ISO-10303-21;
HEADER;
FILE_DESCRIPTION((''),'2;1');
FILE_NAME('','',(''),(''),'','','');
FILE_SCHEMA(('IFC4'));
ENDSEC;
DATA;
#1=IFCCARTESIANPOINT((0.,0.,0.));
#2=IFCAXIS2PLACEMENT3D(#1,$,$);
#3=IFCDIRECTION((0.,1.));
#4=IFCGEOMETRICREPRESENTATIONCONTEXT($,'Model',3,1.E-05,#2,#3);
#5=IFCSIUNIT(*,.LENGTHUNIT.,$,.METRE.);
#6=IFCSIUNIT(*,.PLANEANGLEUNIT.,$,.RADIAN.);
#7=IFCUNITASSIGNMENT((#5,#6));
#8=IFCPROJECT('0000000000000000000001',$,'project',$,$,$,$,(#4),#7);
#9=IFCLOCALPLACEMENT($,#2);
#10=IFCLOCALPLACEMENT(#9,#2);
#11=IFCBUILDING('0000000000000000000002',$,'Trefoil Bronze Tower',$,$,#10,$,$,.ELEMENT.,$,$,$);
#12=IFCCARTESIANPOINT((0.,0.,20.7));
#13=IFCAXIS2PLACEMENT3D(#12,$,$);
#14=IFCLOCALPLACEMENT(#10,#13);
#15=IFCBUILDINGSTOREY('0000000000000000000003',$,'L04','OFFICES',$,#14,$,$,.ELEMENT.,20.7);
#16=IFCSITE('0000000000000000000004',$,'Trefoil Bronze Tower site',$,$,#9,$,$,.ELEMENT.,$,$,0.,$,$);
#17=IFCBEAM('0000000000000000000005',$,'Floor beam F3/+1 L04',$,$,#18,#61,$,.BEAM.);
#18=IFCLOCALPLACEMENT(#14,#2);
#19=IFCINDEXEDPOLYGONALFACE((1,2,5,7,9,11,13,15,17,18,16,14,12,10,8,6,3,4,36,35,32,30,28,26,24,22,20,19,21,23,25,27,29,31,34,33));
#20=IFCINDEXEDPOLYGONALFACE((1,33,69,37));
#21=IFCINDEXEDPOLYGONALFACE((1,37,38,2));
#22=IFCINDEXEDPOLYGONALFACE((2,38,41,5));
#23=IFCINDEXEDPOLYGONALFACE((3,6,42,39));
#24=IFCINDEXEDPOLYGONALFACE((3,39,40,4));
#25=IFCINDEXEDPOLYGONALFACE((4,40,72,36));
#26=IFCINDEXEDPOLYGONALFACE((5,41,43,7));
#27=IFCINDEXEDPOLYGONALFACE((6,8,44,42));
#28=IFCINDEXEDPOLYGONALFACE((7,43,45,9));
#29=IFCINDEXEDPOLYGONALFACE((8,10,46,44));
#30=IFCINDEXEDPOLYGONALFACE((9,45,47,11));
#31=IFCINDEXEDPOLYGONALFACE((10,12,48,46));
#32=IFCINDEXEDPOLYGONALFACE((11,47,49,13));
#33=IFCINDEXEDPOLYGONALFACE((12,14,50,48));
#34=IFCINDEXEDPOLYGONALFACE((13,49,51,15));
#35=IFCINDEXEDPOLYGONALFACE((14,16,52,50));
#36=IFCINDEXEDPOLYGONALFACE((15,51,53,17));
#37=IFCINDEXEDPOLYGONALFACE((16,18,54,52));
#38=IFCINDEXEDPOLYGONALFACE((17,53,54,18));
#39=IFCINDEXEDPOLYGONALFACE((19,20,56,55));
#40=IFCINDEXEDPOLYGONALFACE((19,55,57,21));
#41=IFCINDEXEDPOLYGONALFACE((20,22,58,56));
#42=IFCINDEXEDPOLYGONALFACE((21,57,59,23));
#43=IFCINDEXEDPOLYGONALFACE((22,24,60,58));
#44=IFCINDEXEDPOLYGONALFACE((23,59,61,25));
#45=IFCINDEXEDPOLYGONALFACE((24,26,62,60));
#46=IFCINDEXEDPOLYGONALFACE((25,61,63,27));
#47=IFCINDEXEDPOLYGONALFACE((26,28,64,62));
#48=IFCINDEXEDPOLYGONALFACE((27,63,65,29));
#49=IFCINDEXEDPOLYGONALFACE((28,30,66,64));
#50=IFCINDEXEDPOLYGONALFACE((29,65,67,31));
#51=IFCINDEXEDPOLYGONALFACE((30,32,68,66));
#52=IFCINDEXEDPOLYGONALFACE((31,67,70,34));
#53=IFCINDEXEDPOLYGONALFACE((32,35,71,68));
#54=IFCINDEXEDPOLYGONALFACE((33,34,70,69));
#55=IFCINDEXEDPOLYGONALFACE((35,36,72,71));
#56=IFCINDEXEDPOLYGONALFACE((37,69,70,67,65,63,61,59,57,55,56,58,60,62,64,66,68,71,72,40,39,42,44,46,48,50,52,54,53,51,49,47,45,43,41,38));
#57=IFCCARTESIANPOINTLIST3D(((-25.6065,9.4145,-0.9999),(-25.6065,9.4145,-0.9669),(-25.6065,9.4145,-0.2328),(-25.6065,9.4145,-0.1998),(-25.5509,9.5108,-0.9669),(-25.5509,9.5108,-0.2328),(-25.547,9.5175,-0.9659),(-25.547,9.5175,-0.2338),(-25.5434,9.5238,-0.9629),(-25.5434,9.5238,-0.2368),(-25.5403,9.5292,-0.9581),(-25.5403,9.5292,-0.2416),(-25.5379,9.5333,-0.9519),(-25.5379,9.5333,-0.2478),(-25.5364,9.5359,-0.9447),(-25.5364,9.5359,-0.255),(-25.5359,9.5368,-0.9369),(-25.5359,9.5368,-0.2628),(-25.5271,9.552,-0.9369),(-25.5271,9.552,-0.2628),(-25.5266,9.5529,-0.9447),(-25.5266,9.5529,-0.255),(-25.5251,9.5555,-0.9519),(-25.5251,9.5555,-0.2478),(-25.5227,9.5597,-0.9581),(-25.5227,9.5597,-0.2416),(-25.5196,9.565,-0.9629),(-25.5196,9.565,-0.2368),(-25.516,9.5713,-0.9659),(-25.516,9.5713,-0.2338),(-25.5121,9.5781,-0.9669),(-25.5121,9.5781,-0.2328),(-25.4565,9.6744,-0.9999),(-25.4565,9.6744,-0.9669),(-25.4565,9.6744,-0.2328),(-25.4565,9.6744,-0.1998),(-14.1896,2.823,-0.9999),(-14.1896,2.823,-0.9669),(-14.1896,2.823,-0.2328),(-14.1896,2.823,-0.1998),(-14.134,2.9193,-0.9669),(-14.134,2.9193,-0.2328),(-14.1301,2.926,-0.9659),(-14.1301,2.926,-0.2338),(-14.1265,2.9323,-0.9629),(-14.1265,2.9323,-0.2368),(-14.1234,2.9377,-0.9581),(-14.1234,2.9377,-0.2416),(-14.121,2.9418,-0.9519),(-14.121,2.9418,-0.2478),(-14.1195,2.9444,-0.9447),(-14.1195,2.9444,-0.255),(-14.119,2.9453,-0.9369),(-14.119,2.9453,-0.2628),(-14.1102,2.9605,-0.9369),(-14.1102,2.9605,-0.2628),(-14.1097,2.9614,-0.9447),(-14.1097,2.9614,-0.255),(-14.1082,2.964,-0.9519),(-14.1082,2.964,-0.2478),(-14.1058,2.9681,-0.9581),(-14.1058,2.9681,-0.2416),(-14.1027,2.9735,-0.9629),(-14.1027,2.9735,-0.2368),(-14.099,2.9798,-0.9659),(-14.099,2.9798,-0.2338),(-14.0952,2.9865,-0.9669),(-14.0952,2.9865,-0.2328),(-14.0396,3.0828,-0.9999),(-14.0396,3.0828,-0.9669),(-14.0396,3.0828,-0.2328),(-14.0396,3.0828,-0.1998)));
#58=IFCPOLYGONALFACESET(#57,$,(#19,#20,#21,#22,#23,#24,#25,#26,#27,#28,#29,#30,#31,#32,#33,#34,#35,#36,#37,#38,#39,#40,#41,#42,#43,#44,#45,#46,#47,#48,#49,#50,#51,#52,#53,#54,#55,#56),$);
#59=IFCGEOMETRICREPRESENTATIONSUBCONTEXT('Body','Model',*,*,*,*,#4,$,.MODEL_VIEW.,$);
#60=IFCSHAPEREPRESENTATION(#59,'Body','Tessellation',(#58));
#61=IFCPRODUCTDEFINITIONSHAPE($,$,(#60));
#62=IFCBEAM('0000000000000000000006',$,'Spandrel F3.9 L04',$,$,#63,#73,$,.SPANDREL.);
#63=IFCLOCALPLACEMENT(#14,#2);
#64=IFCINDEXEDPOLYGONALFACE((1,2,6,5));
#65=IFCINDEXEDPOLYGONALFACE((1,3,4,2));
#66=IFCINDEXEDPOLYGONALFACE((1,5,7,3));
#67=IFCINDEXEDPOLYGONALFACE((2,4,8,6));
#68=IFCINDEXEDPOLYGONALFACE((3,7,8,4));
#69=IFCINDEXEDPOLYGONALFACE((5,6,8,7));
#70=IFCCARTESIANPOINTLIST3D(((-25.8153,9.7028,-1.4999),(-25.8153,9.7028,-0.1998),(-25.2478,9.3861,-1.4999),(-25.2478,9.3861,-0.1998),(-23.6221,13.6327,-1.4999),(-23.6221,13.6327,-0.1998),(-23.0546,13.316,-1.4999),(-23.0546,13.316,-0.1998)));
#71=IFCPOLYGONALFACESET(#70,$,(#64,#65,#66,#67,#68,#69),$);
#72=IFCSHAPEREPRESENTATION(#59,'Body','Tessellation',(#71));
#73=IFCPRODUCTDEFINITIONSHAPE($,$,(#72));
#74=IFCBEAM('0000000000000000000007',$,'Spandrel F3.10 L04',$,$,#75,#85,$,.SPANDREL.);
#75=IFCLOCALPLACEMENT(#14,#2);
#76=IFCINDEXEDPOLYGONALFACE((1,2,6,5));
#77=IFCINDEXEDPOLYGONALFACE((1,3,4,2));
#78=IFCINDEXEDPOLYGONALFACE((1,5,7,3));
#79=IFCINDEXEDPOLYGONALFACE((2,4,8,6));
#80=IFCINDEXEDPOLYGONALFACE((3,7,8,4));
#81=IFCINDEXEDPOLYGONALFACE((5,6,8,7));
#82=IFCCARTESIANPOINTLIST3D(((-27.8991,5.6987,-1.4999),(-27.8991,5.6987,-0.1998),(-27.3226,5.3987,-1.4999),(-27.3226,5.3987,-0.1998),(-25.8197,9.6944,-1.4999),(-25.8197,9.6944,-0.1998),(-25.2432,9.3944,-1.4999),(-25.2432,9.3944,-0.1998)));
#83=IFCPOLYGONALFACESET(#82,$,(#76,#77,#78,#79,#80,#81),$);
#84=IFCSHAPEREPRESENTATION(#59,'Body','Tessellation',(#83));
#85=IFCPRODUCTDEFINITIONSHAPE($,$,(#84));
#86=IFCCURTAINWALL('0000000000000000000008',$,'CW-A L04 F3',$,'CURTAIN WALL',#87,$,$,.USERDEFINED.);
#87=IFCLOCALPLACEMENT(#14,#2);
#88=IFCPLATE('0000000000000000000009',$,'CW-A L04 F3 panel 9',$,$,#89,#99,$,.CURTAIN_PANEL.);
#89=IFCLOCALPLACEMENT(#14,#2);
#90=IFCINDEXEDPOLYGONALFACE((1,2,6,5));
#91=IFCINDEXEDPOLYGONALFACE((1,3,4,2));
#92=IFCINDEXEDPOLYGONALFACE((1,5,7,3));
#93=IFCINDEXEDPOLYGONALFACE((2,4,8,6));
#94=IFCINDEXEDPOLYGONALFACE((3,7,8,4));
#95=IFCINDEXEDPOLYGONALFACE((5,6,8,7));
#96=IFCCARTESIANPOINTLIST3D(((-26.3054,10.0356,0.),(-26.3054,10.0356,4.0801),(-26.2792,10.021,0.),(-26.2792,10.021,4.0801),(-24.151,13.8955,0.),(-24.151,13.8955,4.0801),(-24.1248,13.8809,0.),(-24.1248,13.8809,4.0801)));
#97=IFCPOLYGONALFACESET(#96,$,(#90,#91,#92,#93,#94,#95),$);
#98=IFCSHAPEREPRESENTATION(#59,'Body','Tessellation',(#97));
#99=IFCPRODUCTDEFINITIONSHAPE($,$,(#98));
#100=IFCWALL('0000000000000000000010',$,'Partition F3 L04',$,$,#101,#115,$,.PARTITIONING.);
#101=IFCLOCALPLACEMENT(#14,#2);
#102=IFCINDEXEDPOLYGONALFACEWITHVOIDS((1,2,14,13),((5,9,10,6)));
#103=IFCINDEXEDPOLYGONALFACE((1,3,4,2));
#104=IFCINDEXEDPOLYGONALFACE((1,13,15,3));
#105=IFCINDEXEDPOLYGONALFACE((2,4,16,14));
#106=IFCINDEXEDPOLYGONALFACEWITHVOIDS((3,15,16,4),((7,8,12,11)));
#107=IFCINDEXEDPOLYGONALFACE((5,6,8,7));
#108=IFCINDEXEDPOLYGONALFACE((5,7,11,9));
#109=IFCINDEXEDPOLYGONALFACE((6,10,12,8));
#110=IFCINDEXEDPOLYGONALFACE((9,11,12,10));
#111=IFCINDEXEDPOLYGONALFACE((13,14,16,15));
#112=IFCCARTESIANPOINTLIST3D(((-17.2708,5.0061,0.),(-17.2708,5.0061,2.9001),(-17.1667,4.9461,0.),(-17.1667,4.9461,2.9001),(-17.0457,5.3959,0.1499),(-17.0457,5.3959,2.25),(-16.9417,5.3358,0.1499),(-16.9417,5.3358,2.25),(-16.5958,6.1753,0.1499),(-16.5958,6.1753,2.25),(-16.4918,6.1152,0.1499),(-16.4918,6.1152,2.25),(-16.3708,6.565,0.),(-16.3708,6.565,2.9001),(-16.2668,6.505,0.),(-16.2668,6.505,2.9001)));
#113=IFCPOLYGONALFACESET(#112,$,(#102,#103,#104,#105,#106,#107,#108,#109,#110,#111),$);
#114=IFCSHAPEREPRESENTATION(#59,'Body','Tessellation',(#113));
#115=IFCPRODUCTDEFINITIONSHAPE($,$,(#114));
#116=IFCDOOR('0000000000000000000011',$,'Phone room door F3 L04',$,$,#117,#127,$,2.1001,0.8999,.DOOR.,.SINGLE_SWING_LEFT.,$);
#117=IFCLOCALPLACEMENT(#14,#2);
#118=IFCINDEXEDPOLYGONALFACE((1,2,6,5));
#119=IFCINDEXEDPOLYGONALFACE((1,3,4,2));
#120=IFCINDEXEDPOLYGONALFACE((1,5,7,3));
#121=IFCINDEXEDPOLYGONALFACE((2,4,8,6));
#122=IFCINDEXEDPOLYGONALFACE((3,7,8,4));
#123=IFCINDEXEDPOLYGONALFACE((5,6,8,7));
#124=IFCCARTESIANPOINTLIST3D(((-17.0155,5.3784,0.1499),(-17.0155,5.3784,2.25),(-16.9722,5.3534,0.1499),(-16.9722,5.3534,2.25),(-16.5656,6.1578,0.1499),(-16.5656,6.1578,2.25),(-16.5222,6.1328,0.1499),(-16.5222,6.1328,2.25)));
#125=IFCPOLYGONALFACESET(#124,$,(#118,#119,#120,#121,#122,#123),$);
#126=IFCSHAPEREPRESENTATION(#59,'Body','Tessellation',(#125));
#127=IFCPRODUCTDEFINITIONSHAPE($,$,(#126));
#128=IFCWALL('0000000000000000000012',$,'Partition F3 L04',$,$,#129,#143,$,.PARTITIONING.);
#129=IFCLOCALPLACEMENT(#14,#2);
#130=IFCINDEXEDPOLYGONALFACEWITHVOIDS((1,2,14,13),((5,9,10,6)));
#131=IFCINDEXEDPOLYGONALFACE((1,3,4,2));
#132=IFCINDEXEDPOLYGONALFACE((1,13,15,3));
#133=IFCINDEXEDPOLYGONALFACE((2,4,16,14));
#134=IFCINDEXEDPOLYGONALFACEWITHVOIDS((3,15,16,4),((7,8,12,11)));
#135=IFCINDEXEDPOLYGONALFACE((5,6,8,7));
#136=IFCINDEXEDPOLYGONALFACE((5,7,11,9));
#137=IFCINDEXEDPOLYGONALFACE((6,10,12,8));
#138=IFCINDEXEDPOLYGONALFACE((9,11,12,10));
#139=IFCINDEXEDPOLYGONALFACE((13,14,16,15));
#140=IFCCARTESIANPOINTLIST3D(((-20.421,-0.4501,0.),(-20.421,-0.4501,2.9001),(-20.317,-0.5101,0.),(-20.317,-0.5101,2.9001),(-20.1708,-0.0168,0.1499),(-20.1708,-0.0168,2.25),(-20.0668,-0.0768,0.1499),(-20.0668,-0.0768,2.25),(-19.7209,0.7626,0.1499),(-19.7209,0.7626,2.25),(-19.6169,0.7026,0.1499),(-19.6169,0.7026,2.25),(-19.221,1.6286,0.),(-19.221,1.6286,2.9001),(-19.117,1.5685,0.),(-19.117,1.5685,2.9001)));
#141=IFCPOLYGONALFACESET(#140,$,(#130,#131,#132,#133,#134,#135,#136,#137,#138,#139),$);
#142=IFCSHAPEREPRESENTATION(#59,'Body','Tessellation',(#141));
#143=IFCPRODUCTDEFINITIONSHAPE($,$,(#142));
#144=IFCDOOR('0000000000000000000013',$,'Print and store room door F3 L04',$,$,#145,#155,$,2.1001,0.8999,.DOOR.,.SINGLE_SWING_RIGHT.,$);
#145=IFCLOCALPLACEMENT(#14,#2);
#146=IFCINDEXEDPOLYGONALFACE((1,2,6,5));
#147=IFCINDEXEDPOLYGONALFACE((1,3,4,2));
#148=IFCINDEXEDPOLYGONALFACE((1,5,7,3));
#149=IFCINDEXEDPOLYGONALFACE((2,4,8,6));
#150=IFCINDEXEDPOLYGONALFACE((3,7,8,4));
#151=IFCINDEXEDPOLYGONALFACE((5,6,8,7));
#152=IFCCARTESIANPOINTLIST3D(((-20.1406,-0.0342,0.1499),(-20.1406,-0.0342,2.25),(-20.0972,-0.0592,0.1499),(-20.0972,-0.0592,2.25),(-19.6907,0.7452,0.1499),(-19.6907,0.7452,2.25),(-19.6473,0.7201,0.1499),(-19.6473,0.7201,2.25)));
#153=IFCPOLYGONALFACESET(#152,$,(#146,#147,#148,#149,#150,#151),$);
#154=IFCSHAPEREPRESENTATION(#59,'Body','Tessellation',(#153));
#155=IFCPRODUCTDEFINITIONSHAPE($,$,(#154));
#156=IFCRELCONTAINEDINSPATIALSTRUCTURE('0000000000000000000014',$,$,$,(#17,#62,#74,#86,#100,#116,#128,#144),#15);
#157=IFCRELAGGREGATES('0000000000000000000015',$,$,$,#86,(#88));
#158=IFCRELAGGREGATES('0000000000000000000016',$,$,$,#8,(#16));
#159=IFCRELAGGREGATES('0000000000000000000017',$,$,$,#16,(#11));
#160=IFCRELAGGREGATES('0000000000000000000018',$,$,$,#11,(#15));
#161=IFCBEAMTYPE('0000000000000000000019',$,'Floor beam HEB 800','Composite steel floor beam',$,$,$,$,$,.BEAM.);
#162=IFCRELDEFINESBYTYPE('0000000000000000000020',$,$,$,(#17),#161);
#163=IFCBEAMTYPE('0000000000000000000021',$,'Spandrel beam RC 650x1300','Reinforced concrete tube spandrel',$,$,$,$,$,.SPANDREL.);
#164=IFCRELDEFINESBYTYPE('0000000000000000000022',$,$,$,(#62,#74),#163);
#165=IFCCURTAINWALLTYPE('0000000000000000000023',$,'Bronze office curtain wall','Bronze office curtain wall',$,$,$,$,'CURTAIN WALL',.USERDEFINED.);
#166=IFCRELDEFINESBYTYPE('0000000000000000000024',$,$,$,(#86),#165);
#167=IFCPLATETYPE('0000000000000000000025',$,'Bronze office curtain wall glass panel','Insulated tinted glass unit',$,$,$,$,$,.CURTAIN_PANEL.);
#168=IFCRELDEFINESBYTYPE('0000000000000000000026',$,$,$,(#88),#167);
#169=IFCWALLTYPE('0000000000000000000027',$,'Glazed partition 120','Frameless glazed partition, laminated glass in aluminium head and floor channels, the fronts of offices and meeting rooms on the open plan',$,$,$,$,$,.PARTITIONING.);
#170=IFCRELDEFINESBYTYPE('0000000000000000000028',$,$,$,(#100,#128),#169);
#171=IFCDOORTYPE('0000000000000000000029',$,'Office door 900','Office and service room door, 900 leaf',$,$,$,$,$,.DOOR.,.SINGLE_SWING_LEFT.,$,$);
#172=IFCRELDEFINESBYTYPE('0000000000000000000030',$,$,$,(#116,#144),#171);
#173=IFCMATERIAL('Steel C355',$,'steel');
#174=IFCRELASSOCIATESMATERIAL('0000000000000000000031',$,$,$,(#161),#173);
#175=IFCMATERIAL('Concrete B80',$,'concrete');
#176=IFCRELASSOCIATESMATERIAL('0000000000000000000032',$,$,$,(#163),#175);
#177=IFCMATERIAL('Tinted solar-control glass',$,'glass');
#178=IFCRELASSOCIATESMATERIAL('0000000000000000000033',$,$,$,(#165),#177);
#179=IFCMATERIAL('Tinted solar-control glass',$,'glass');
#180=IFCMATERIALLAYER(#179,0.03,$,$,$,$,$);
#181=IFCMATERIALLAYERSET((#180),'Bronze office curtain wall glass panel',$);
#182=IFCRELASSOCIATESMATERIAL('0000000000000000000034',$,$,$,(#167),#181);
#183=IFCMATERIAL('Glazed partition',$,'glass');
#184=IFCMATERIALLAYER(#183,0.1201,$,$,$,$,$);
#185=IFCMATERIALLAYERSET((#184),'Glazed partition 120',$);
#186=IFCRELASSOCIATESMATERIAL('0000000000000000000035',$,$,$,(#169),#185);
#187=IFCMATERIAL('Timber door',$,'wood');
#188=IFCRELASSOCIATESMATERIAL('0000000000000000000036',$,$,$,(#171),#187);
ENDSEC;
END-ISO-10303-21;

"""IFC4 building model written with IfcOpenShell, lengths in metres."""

from ifc_helpers import new_model, si_unit, direction, frame, frame_2d, origin, origin_2d, place, context, subcontext, project, spatial, rectangle, i_section, extrude, material, layer, layer_set, material_profile, profile_set, type_object, element, fill, aggregate, save


model = new_model("IFC4")

# Units and contexts
model_context = context("Model", 3, precision=1e-05, world=origin(), true_north=direction((0.0, 1.0)))
body_context = subcontext(model_context, "Body", "Model", "MODEL_VIEW")
ifc_project = project(units=[si_unit("LENGTHUNIT", "METRE"), si_unit("PLANEANGLEUNIT", "RADIAN")], contexts=[model_context])

# Site, building, storey
site_placement = place(None, origin())
site = spatial("IfcSite", under=ifc_project, at=site_placement, Name="Trefoil Bronze Tower site", CompositionType="ELEMENT", RefElevation=0.0)
building_placement = place(site_placement, origin())
building = spatial("IfcBuilding", under=site, at=building_placement, Name="Trefoil Bronze Tower", CompositionType="ELEMENT")
storey_placement = place(building_placement, frame((0.0, 0.0, 20.7)))
storey = spatial("IfcBuildingStorey", under=building, at=storey_placement, Name="L04", Description="OFFICES", CompositionType="ELEMENT", Elevation=20.7)

# Beams
ifc_material_1 = material(Name="Steel C355", Category="steel")
ifc_material_profile_1 = material_profile(ifc_material_1, i_section(OverallWidth=0.3, OverallDepth=0.8, WebThickness=0.0176, FlangeThickness=0.033, FilletRadius=0.03, at=origin_2d()), Name="HEB 800")
ifc_profile_set_1 = profile_set([ifc_material_profile_1], Name="Steel C355")
beam_type_1 = type_object("IfcBeamType", Name="Floor beam HEB 800", Description="Composite steel floor beam", PredefinedType="BEAM", material=ifc_profile_set_1)
beam_1_placement = place(storey_placement, frame((-25.5315, 9.5444, -0.5999), z_axis=(0.866027, -0.499997, 0.0), x_axis=(0.499997, 0.866027, 0.0)))
element("IfcBeam", 1, at=beam_1_placement, inside=storey, type_object=beam_type_1, Name="Floor beam F3/+1 L04", PredefinedType="BEAM", context=body_context, shape_type="SweptSolid", body=[
    extrude(i_section(OverallWidth=0.3, OverallDepth=0.8, WebThickness=0.0176, FlangeThickness=0.033, FilletRadius=0.03, at=origin_2d()), origin(), (0.0, 0.0, 1.0), 13.1831),
])
ifc_material_2 = material(Name="Concrete B80", Category="concrete")
ifc_material_profile_2 = material_profile(ifc_material_2, rectangle(XDim=0.6499, YDim=1.3, at=origin_2d()), Name="RC 650x1300")
ifc_profile_set_2 = profile_set([ifc_material_profile_2], Name="Concrete B80")
beam_type_2 = type_object("IfcBeamType", Name="Spandrel beam RC 650x1300", Description="Reinforced concrete tube spandrel", PredefinedType="SPANDREL", material=ifc_profile_set_2)
beam_2_placement = place(storey_placement, frame((-23.3384, 13.4744, -0.8499), z_axis=(-0.487309, -0.873229, 0.0), x_axis=(0.873229, -0.487309, 0.0)))
element("IfcBeam", 2, at=beam_2_placement, inside=storey, type_object=beam_type_2, Name="Spandrel F3.9 L04", PredefinedType="SPANDREL", context=body_context, shape_type="SweptSolid", body=[
    extrude(rectangle(XDim=0.6499, YDim=1.3, at=origin_2d()), origin(), (0.0, 0.0, 1.0), 4.5005),
])
beam_3_placement = place(storey_placement, frame((-25.5315, 9.5444, -0.8499), z_axis=(-0.461638, -0.887069, 0.0), x_axis=(0.887069, -0.461638, 0.0)))
element("IfcBeam", 3, at=beam_3_placement, inside=storey, type_object=beam_type_2, Name="Spandrel F3.10 L04", PredefinedType="SPANDREL", context=body_context, shape_type="SweptSolid", body=[
    extrude(rectangle(XDim=0.6499, YDim=1.3, at=origin_2d()), origin(), (0.0, 0.0, 1.0), 4.5044),
])

# Curtain wall, plate
ifc_material_3 = material(Name="Tinted solar-control glass", Category="glass")
curtain_wall_type = type_object("IfcCurtainWallType", Name="Bronze office curtain wall", Description="Bronze office curtain wall", ElementType="CURTAIN WALL", PredefinedType="USERDEFINED", material=ifc_material_3)
curtain_wall_placement = place(storey_placement, origin())
curtain_wall = element("IfcCurtainWall", 4, at=curtain_wall_placement, inside=storey, type_object=curtain_wall_type, Name="CW-A L04 F3", ObjectType="CURTAIN WALL", PredefinedType="USERDEFINED")
ifc_material_4 = material(Name="Tinted solar-control glass", Category="glass")
ifc_layer_1 = layer(ifc_material_4, 0.03)
ifc_layer_set_1 = layer_set([ifc_layer_1], Name="Bronze office curtain wall glass panel")
plate_type = type_object("IfcPlateType", Name="Bronze office curtain wall glass panel", Description="Insulated tinted glass unit", PredefinedType="CURTAIN_PANEL", material=ifc_layer_set_1)
plate_placement = place(storey_placement, frame((-25.2151, 11.9583, 0.0), z_axis=(0.0, 0.0, 1.0), x_axis=(-0.487382, -0.873189, 0.0)))
plate = element("IfcPlate", 5, at=plate_placement, type_object=plate_type, Name="CW-A L04 F3 panel 9", PredefinedType="CURTAIN_PANEL", context=body_context, shape_type="SweptSolid", body=[
    extrude(rectangle(XDim=4.4204, YDim=0.03, at=origin_2d()), origin(), (0.0, 0.0, 1.0), 4.0801),
])
aggregate(curtain_wall, [plate])

# Walls, openings, doors
ifc_material_5 = material(Name="Glazed partition", Category="glass")
ifc_layer_2 = layer(ifc_material_5, 0.1201)
ifc_layer_set_2 = layer_set([ifc_layer_2], Name="Glazed partition 120")
wall_type_1 = type_object("IfcWallType", Name="Glazed partition 120", Description="Frameless glazed partition, laminated glass in aluminium head and floor channels, the fronts of offices and meeting rooms on the open plan", PredefinedType="PARTITIONING", material=ifc_layer_set_2)
wall_1_placement = place(storey_placement, frame((-16.3188, 6.5349, 0.0), z_axis=(0.0, 0.0, 1.0), x_axis=(-0.499961, -0.866048, 0.0)))
wall_1 = element("IfcWall", 6, at=wall_1_placement, inside=storey, type_object=wall_type_1, Name="Partition F3 L04", PredefinedType="PARTITIONING", context=body_context, shape_type="SweptSolid", body=[
    extrude(rectangle(XDim=1.8, YDim=0.1201, at=frame_2d((0.8999, 0.0))), origin(), (0.0, 0.0, 1.0), 2.9001),
])
opening_1_placement = place(wall_1_placement, frame((0.45, 0.0, 0.1499)))
opening_1 = element("IfcOpeningElement", 7, at=opening_1_placement, cuts=wall_1, PredefinedType="OPENING", context=body_context, shape_type="SweptSolid", body=[
    extrude(rectangle(XDim=0.8999, YDim=2.1001, at=frame_2d((0.45, 1.05))), frame((0.0, 0.0701, 0.0), z_axis=(0.0, -1.0, 0.0), x_axis=(1.0, 0.0, 0.0)), (0.0, 0.0, 1.0), 0.1401),
])
ifc_material_6 = material(Name="Timber door", Category="wood")
door_type_1 = type_object("IfcDoorType", Name="Office door 900", Description="Office and service room door, 900 leaf", OperationType="SINGLE_SWING_LEFT", PredefinedType="DOOR", material=ifc_material_6)
door_1_placement = place(opening_1_placement, origin())
door_1 = element("IfcDoor", 8, at=door_1_placement, inside=storey, type_object=door_type_1, Name="Phone room door F3 L04", OperationType="SINGLE_SWING_LEFT", OverallHeight=2.1001, OverallWidth=0.8999, PredefinedType="DOOR", context=body_context, shape_type="SweptSolid", body=[
    extrude(rectangle(XDim=0.8999, YDim=2.1001, at=frame_2d((0.45, 1.05))), frame((0.0, 0.0249, 0.0), z_axis=(0.0, -1.0, 0.0), x_axis=(1.0, 0.0, 0.0)), (0.0, 0.0, 1.0), 0.05),
])
fill(opening_1, door_1)
wall_2_placement = place(storey_placement, frame((-19.1689, 1.5986, 0.0), z_axis=(0.0, 0.0, 1.0), x_axis=(-0.499957, -0.86605, 0.0)))
wall_2 = element("IfcWall", 9, at=wall_2_placement, inside=storey, type_object=wall_type_1, Name="Partition F3 L04", PredefinedType="PARTITIONING", context=body_context, shape_type="SweptSolid", body=[
    extrude(rectangle(XDim=2.4001, YDim=0.1201, at=frame_2d((1.2002, 0.0))), origin(), (0.0, 0.0, 1.0), 2.9001),
])
opening_2_placement = place(wall_2_placement, frame((1.0, 0.0, 0.1499)))
opening_2 = element("IfcOpeningElement", 10, at=opening_2_placement, cuts=wall_2, PredefinedType="OPENING", context=body_context, shape_type="SweptSolid", body=[
    extrude(rectangle(XDim=0.8999, YDim=2.1001, at=frame_2d((0.45, 1.05))), frame((0.0, 0.0701, 0.0), z_axis=(0.0, -1.0, 0.0), x_axis=(1.0, 0.0, 0.0)), (0.0, 0.0, 1.0), 0.1401),
])
door_2_placement = place(opening_2_placement, origin())
door_2 = element("IfcDoor", 11, at=door_2_placement, inside=storey, type_object=door_type_1, Name="Print and store room door F3 L04", OperationType="SINGLE_SWING_RIGHT", OverallHeight=2.1001, OverallWidth=0.8999, PredefinedType="DOOR", context=body_context, shape_type="SweptSolid", body=[
    extrude(rectangle(XDim=0.8999, YDim=2.1001, at=frame_2d((0.45, 1.05))), frame((0.0, 0.0249, 0.0), z_axis=(0.0, -1.0, 0.0), x_axis=(1.0, 0.0, 0.0)), (0.0, 0.0, 1.0), 0.05),
])
fill(opening_2, door_2)

save(model, "model.ifc")
